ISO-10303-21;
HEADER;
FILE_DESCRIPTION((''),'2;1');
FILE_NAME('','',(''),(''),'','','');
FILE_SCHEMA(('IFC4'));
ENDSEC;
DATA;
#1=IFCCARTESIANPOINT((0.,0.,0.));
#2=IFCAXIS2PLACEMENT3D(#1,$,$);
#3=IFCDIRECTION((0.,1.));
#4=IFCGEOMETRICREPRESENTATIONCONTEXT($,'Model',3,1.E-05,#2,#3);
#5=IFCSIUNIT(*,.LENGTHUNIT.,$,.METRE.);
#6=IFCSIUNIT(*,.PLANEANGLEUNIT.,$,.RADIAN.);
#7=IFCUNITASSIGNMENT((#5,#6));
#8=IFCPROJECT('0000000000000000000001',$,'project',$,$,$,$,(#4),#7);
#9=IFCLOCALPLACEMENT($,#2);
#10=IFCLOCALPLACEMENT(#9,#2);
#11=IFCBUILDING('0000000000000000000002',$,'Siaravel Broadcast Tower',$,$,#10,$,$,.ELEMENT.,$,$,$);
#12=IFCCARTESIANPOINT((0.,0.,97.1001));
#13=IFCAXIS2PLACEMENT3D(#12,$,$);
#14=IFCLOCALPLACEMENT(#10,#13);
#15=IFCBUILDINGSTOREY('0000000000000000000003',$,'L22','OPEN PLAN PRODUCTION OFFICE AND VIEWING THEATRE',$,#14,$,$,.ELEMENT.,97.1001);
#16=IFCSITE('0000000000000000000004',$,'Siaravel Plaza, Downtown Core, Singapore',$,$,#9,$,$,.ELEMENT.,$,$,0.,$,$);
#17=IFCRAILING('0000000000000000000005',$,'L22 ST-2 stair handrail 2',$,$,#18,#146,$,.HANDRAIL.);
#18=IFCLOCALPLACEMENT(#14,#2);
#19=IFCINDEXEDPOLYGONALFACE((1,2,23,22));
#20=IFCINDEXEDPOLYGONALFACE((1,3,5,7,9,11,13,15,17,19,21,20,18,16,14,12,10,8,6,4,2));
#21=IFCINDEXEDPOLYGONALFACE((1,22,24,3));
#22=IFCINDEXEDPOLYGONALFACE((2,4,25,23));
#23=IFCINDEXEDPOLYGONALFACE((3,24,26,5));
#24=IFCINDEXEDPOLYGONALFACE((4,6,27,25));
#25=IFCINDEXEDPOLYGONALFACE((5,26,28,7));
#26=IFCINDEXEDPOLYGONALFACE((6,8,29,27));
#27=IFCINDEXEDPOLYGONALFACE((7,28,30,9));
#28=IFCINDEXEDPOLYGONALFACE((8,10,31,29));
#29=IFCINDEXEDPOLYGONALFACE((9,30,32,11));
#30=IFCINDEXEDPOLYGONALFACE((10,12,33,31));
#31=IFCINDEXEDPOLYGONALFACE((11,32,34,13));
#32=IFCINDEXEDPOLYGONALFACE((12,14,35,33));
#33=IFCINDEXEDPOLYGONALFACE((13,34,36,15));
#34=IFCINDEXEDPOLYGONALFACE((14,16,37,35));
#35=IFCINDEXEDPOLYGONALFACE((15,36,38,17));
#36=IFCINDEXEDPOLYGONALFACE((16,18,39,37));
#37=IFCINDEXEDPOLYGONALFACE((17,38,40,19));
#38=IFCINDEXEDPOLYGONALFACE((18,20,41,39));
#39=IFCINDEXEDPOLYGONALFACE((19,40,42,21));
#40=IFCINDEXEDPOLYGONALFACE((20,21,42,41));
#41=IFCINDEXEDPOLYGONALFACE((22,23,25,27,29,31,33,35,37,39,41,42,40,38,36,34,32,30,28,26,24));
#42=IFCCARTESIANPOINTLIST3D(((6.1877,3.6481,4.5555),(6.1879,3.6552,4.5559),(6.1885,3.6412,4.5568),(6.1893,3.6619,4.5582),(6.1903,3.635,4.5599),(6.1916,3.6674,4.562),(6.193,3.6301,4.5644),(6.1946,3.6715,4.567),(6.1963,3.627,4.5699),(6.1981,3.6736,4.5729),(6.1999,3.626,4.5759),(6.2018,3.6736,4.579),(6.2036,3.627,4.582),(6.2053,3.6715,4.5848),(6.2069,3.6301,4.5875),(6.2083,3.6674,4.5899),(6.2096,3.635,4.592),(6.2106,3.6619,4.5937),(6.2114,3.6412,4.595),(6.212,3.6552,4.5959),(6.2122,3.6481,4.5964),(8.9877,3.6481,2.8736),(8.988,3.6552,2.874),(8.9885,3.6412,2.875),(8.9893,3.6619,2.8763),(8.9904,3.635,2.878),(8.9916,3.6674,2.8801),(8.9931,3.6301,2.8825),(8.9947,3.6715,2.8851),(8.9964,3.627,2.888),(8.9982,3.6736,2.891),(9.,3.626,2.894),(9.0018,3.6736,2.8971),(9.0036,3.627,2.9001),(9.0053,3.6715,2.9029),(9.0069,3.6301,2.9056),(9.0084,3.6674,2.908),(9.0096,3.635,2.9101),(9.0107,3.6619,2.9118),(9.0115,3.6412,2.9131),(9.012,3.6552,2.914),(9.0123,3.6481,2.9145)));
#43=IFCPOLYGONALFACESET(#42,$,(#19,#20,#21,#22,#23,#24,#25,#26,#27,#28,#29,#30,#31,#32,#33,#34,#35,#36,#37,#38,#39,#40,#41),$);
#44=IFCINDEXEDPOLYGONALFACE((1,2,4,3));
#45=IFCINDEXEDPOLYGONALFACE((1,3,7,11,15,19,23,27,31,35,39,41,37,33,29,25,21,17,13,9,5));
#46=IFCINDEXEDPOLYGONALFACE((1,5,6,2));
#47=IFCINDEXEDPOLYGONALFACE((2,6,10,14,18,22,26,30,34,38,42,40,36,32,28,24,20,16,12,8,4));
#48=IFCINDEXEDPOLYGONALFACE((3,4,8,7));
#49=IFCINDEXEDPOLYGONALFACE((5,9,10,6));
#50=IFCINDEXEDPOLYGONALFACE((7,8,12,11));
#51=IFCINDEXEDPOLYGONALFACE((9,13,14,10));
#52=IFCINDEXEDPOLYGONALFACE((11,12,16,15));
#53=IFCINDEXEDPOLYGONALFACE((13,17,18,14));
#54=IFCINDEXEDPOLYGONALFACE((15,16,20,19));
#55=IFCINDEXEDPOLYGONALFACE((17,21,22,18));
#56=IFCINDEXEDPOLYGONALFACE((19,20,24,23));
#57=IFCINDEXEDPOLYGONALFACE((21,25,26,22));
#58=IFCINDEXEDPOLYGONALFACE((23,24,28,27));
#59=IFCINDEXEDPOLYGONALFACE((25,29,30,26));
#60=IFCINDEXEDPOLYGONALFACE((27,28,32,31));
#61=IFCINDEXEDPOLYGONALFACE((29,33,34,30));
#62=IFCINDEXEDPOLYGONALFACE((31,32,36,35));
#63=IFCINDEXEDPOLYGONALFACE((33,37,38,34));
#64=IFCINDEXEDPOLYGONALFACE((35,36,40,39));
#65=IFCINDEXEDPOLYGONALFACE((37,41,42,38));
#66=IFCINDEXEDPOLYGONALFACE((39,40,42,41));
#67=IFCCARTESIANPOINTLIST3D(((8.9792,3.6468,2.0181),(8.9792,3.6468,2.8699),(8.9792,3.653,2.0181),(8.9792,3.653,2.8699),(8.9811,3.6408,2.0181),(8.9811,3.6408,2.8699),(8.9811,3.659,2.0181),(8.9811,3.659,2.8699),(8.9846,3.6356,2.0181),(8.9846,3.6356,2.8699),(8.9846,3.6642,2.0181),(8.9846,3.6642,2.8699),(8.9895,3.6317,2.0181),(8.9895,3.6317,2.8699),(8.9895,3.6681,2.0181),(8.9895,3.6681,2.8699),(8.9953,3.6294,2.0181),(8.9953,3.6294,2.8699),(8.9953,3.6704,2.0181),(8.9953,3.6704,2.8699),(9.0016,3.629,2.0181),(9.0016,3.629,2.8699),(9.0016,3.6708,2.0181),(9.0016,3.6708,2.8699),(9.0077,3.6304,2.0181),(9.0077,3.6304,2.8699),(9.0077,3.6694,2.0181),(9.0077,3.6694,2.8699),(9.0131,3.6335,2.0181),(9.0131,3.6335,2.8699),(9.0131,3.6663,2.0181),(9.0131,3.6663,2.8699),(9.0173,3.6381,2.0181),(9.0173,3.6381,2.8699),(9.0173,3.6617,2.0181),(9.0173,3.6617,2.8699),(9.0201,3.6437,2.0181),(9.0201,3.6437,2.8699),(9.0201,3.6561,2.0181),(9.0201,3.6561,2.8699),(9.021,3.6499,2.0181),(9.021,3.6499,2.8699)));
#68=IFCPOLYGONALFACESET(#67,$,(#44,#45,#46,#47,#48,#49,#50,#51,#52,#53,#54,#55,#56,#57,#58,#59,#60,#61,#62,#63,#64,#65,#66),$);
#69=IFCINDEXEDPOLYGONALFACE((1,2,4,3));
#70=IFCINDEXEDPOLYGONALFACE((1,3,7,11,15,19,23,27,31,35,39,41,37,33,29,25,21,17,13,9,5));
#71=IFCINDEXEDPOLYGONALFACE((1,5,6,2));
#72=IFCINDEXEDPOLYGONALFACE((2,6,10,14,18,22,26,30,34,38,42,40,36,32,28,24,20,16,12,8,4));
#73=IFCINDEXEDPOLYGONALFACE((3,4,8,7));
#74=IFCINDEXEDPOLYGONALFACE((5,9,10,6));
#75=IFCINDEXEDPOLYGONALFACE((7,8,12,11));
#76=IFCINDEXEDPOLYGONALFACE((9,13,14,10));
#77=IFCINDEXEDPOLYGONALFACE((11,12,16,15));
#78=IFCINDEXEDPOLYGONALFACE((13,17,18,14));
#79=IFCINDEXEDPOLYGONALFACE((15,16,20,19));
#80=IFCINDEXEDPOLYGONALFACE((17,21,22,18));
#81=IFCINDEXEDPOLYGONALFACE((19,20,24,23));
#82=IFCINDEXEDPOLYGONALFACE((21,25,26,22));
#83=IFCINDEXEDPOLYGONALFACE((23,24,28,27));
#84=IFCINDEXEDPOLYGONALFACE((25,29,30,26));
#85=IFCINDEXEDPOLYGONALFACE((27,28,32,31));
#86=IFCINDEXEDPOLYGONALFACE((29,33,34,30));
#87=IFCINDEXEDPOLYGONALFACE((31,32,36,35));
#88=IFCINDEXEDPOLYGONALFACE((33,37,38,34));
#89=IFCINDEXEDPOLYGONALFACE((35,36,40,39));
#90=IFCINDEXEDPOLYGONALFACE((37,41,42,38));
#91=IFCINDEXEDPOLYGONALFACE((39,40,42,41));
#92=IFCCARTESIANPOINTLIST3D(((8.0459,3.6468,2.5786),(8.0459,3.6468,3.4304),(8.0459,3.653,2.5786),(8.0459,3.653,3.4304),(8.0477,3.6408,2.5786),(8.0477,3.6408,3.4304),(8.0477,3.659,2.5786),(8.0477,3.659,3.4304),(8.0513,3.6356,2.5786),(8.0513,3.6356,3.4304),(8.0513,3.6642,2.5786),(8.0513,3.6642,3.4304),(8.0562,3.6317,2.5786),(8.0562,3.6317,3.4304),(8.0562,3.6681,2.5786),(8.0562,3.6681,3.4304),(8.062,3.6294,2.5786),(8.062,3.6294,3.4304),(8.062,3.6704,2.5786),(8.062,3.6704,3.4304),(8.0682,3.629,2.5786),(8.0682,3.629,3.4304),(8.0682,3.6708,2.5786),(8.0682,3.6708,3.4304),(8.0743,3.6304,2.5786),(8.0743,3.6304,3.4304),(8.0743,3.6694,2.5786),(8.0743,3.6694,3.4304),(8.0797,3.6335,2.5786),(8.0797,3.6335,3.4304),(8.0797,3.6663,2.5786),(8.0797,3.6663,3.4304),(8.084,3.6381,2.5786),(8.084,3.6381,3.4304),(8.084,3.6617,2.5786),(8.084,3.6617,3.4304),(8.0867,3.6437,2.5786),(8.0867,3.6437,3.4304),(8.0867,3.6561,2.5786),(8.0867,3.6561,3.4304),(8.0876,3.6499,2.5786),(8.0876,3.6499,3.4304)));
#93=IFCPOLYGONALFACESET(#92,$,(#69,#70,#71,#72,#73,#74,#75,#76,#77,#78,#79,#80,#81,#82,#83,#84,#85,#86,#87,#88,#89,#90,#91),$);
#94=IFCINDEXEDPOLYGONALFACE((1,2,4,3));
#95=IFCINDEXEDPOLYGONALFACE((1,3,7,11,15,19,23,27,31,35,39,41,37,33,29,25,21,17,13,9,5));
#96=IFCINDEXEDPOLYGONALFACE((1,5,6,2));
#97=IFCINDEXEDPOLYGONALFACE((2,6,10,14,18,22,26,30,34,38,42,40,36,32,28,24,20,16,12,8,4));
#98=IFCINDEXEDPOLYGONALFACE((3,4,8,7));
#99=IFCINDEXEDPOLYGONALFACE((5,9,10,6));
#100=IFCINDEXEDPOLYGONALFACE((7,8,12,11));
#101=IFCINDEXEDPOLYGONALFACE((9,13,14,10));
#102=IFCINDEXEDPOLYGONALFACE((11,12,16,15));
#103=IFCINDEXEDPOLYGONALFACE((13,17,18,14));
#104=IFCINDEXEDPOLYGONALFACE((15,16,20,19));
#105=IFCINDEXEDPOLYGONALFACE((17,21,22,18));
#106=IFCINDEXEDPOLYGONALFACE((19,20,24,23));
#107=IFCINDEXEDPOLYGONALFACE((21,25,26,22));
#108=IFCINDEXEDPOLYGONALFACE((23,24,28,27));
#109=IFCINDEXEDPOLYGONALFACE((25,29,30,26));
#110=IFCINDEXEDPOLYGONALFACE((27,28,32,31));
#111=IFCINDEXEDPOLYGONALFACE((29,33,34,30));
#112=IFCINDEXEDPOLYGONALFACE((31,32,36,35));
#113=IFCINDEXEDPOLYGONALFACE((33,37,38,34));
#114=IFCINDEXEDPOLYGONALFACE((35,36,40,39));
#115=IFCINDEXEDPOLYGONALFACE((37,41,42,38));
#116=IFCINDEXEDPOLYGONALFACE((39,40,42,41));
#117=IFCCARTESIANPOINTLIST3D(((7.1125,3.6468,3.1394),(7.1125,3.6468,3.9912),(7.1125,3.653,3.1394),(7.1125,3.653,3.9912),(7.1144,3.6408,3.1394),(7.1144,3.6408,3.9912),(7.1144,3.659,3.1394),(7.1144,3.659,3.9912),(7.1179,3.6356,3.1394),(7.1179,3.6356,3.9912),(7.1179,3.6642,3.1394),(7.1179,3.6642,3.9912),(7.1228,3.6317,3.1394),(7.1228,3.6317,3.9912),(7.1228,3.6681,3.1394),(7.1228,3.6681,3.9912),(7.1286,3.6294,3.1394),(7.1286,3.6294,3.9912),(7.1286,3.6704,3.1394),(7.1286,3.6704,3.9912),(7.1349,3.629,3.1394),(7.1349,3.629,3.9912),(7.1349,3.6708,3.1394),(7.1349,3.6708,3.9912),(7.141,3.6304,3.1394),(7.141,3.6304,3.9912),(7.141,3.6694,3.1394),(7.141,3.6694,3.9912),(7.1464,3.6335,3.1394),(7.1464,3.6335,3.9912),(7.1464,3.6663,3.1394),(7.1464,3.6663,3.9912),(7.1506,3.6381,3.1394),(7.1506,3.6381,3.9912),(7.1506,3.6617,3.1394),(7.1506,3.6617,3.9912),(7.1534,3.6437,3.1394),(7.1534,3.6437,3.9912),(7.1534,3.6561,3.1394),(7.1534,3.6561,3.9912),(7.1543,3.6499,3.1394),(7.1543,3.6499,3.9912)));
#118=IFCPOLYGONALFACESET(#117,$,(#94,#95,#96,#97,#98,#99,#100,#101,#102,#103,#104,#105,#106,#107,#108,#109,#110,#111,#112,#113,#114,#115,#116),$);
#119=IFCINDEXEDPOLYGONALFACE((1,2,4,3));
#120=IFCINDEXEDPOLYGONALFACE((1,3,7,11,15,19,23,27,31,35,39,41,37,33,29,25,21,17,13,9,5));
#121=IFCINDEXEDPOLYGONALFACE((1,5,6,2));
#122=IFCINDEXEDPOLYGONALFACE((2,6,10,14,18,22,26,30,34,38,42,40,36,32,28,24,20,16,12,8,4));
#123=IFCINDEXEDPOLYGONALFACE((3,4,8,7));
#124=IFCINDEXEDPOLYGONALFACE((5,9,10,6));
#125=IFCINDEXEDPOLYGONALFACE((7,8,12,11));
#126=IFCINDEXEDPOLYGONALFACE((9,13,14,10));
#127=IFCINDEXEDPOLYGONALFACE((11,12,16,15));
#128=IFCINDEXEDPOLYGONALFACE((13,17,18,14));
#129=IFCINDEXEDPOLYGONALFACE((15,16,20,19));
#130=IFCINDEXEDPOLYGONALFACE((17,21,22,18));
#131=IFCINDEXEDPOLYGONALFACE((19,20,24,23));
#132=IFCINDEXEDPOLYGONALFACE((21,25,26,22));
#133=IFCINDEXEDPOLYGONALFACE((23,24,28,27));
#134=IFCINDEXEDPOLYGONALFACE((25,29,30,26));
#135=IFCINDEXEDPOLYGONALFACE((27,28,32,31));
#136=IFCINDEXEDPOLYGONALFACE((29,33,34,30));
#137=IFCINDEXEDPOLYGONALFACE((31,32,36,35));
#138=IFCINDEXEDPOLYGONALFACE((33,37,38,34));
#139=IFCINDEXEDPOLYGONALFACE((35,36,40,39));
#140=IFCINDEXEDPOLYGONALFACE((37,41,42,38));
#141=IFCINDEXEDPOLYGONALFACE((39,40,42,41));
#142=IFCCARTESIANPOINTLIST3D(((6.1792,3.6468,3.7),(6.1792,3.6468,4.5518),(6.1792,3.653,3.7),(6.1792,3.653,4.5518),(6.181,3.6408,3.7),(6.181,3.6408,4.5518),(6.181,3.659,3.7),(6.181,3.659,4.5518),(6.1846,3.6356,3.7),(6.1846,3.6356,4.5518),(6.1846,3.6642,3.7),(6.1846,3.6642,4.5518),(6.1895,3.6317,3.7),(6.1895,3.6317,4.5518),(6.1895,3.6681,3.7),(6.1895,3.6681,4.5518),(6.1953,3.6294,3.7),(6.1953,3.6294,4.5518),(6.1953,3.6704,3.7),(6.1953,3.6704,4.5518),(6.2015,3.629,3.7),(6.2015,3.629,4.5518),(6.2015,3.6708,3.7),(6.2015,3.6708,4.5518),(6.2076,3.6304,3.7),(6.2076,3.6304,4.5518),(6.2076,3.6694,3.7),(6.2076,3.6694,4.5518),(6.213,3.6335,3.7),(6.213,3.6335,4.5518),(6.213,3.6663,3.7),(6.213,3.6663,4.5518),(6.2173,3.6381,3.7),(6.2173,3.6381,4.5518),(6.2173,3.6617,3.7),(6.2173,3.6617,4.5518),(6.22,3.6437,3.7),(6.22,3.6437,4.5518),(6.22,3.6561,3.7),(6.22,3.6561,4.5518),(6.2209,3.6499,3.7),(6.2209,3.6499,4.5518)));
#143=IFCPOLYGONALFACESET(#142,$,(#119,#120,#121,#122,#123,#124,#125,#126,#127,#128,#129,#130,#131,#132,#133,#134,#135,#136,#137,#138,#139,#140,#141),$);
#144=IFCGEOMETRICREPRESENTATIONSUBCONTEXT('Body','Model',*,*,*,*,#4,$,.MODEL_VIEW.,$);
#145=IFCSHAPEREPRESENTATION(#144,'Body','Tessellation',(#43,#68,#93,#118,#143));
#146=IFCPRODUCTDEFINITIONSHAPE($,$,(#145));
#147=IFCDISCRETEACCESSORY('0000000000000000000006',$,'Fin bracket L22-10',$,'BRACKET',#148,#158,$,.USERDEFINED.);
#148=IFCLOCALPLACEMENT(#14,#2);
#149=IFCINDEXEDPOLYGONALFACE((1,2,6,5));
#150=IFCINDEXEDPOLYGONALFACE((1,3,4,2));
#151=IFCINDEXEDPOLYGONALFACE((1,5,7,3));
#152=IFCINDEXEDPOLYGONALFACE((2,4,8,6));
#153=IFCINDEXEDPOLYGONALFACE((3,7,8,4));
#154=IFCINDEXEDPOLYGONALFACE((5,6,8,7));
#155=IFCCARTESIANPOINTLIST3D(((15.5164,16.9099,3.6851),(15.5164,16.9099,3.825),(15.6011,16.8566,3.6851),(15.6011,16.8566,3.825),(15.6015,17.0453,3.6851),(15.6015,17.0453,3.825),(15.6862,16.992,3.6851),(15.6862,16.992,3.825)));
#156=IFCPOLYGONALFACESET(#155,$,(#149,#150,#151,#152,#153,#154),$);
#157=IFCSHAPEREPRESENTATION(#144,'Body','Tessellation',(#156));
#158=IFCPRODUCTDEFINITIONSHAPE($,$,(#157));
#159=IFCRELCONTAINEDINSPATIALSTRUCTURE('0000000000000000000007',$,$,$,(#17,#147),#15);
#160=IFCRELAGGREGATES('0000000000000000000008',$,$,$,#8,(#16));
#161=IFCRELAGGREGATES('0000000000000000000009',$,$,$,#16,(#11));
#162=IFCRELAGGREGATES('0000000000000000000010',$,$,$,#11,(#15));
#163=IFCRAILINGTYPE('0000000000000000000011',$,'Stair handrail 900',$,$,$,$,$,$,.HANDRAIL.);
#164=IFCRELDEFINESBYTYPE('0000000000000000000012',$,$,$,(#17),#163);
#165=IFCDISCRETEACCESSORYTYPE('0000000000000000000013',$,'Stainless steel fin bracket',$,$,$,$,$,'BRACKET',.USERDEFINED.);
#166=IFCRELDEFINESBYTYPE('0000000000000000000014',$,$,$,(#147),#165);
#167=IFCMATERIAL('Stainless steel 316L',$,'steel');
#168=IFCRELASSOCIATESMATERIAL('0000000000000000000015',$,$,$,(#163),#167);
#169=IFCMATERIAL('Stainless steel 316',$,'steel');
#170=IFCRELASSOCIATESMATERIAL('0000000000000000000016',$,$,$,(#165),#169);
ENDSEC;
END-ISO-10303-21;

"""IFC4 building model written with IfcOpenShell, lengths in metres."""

from ifc_helpers import new_model, si_unit, direction, frame, origin, origin_2d, place, context, subcontext, project, spatial, rectangle, circle, extrude, material, type_object, element, save


model = new_model("IFC4")

# Units and contexts
model_context = context("Model", 3, precision=1e-05, world=origin(), true_north=direction((0.0, 1.0)))
body_context = subcontext(model_context, "Body", "Model", "MODEL_VIEW")
ifc_project = project(units=[si_unit("LENGTHUNIT", "METRE"), si_unit("PLANEANGLEUNIT", "RADIAN")], contexts=[model_context])

# Site, building, storey
site_placement = place(None, origin())
site = spatial("IfcSite", under=ifc_project, at=site_placement, Name="Siaravel Plaza, Downtown Core, Singapore", CompositionType="ELEMENT", RefElevation=0.0)
building_placement = place(site_placement, origin())
building = spatial("IfcBuilding", under=site, at=building_placement, Name="Siaravel Broadcast Tower", CompositionType="ELEMENT")
storey_placement = place(building_placement, frame((0.0, 0.0, 97.1001)))
storey = spatial("IfcBuildingStorey", under=building, at=storey_placement, Name="L22", Description="OPEN PLAN PRODUCTION OFFICE AND VIEWING THEATRE", CompositionType="ELEMENT", Elevation=97.1001)

# Railing
ifc_material_1 = material(Name="Stainless steel 316L", Category="steel")
railing_type_1 = type_object("IfcRailingType", Name="Stair handrail 900", PredefinedType="HANDRAIL", material=ifc_material_1)
railing_1_placement = place(storey_placement, frame((9.0, 3.6499, 2.0181)))
element("IfcRailing", 1, at=railing_1_placement, inside=storey, type_object=railing_type_1, Name="L22 ST-2 stair handrail 2", PredefinedType="HANDRAIL", context=body_context, shape_type="SweptSolid", body=[
    extrude(circle(Radius=0.0239, at=origin_2d()), frame((0.0, 0.0, 0.876), z_axis=(-0.857242, 0.0, 0.514913), x_axis=(0.0, -1.0, 0.0)), (0.0, 0.0, 1.0), 3.2664),
    extrude(circle(Radius=0.021, at=origin_2d()), origin(), (0.0, 0.0, 1.0), 0.8518),
    extrude(circle(Radius=0.021, at=origin_2d()), frame((-0.9333, 0.0, 0.5605)), (0.0, 0.0, 1.0), 0.8518),
    extrude(circle(Radius=0.021, at=origin_2d()), frame((-1.8667, 0.0, 1.1213)), (0.0, 0.0, 1.0), 0.8518),
    extrude(circle(Radius=0.021, at=origin_2d()), frame((-2.8, 0.0, 1.6819)), (0.0, 0.0, 1.0), 0.8518),
])

# Discrete accessory
ifc_material_2 = material(Name="Stainless steel 316", Category="steel")
discrete_accessory_type = type_object("IfcDiscreteAccessoryType", Name="Stainless steel fin bracket", ElementType="BRACKET", PredefinedType="USERDEFINED", material=ifc_material_2)
discrete_accessory_placement = place(storey_placement, frame((15.6013, 16.9509, 3.6851), z_axis=(0.0, 0.0, 1.0), x_axis=(0.532149, 0.84665, 0.0)))
element("IfcDiscreteAccessory", 2, at=discrete_accessory_placement, inside=storey, type_object=discrete_accessory_type, Name="Fin bracket L22-10", ObjectType="BRACKET", PredefinedType="USERDEFINED", context=body_context, shape_type="SweptSolid", body=[
    extrude(rectangle(XDim=0.1599, YDim=0.1001, at=origin_2d()), origin(), (0.0, 0.0, 1.0), 0.1399),
])

save(model, "model.ifc")
